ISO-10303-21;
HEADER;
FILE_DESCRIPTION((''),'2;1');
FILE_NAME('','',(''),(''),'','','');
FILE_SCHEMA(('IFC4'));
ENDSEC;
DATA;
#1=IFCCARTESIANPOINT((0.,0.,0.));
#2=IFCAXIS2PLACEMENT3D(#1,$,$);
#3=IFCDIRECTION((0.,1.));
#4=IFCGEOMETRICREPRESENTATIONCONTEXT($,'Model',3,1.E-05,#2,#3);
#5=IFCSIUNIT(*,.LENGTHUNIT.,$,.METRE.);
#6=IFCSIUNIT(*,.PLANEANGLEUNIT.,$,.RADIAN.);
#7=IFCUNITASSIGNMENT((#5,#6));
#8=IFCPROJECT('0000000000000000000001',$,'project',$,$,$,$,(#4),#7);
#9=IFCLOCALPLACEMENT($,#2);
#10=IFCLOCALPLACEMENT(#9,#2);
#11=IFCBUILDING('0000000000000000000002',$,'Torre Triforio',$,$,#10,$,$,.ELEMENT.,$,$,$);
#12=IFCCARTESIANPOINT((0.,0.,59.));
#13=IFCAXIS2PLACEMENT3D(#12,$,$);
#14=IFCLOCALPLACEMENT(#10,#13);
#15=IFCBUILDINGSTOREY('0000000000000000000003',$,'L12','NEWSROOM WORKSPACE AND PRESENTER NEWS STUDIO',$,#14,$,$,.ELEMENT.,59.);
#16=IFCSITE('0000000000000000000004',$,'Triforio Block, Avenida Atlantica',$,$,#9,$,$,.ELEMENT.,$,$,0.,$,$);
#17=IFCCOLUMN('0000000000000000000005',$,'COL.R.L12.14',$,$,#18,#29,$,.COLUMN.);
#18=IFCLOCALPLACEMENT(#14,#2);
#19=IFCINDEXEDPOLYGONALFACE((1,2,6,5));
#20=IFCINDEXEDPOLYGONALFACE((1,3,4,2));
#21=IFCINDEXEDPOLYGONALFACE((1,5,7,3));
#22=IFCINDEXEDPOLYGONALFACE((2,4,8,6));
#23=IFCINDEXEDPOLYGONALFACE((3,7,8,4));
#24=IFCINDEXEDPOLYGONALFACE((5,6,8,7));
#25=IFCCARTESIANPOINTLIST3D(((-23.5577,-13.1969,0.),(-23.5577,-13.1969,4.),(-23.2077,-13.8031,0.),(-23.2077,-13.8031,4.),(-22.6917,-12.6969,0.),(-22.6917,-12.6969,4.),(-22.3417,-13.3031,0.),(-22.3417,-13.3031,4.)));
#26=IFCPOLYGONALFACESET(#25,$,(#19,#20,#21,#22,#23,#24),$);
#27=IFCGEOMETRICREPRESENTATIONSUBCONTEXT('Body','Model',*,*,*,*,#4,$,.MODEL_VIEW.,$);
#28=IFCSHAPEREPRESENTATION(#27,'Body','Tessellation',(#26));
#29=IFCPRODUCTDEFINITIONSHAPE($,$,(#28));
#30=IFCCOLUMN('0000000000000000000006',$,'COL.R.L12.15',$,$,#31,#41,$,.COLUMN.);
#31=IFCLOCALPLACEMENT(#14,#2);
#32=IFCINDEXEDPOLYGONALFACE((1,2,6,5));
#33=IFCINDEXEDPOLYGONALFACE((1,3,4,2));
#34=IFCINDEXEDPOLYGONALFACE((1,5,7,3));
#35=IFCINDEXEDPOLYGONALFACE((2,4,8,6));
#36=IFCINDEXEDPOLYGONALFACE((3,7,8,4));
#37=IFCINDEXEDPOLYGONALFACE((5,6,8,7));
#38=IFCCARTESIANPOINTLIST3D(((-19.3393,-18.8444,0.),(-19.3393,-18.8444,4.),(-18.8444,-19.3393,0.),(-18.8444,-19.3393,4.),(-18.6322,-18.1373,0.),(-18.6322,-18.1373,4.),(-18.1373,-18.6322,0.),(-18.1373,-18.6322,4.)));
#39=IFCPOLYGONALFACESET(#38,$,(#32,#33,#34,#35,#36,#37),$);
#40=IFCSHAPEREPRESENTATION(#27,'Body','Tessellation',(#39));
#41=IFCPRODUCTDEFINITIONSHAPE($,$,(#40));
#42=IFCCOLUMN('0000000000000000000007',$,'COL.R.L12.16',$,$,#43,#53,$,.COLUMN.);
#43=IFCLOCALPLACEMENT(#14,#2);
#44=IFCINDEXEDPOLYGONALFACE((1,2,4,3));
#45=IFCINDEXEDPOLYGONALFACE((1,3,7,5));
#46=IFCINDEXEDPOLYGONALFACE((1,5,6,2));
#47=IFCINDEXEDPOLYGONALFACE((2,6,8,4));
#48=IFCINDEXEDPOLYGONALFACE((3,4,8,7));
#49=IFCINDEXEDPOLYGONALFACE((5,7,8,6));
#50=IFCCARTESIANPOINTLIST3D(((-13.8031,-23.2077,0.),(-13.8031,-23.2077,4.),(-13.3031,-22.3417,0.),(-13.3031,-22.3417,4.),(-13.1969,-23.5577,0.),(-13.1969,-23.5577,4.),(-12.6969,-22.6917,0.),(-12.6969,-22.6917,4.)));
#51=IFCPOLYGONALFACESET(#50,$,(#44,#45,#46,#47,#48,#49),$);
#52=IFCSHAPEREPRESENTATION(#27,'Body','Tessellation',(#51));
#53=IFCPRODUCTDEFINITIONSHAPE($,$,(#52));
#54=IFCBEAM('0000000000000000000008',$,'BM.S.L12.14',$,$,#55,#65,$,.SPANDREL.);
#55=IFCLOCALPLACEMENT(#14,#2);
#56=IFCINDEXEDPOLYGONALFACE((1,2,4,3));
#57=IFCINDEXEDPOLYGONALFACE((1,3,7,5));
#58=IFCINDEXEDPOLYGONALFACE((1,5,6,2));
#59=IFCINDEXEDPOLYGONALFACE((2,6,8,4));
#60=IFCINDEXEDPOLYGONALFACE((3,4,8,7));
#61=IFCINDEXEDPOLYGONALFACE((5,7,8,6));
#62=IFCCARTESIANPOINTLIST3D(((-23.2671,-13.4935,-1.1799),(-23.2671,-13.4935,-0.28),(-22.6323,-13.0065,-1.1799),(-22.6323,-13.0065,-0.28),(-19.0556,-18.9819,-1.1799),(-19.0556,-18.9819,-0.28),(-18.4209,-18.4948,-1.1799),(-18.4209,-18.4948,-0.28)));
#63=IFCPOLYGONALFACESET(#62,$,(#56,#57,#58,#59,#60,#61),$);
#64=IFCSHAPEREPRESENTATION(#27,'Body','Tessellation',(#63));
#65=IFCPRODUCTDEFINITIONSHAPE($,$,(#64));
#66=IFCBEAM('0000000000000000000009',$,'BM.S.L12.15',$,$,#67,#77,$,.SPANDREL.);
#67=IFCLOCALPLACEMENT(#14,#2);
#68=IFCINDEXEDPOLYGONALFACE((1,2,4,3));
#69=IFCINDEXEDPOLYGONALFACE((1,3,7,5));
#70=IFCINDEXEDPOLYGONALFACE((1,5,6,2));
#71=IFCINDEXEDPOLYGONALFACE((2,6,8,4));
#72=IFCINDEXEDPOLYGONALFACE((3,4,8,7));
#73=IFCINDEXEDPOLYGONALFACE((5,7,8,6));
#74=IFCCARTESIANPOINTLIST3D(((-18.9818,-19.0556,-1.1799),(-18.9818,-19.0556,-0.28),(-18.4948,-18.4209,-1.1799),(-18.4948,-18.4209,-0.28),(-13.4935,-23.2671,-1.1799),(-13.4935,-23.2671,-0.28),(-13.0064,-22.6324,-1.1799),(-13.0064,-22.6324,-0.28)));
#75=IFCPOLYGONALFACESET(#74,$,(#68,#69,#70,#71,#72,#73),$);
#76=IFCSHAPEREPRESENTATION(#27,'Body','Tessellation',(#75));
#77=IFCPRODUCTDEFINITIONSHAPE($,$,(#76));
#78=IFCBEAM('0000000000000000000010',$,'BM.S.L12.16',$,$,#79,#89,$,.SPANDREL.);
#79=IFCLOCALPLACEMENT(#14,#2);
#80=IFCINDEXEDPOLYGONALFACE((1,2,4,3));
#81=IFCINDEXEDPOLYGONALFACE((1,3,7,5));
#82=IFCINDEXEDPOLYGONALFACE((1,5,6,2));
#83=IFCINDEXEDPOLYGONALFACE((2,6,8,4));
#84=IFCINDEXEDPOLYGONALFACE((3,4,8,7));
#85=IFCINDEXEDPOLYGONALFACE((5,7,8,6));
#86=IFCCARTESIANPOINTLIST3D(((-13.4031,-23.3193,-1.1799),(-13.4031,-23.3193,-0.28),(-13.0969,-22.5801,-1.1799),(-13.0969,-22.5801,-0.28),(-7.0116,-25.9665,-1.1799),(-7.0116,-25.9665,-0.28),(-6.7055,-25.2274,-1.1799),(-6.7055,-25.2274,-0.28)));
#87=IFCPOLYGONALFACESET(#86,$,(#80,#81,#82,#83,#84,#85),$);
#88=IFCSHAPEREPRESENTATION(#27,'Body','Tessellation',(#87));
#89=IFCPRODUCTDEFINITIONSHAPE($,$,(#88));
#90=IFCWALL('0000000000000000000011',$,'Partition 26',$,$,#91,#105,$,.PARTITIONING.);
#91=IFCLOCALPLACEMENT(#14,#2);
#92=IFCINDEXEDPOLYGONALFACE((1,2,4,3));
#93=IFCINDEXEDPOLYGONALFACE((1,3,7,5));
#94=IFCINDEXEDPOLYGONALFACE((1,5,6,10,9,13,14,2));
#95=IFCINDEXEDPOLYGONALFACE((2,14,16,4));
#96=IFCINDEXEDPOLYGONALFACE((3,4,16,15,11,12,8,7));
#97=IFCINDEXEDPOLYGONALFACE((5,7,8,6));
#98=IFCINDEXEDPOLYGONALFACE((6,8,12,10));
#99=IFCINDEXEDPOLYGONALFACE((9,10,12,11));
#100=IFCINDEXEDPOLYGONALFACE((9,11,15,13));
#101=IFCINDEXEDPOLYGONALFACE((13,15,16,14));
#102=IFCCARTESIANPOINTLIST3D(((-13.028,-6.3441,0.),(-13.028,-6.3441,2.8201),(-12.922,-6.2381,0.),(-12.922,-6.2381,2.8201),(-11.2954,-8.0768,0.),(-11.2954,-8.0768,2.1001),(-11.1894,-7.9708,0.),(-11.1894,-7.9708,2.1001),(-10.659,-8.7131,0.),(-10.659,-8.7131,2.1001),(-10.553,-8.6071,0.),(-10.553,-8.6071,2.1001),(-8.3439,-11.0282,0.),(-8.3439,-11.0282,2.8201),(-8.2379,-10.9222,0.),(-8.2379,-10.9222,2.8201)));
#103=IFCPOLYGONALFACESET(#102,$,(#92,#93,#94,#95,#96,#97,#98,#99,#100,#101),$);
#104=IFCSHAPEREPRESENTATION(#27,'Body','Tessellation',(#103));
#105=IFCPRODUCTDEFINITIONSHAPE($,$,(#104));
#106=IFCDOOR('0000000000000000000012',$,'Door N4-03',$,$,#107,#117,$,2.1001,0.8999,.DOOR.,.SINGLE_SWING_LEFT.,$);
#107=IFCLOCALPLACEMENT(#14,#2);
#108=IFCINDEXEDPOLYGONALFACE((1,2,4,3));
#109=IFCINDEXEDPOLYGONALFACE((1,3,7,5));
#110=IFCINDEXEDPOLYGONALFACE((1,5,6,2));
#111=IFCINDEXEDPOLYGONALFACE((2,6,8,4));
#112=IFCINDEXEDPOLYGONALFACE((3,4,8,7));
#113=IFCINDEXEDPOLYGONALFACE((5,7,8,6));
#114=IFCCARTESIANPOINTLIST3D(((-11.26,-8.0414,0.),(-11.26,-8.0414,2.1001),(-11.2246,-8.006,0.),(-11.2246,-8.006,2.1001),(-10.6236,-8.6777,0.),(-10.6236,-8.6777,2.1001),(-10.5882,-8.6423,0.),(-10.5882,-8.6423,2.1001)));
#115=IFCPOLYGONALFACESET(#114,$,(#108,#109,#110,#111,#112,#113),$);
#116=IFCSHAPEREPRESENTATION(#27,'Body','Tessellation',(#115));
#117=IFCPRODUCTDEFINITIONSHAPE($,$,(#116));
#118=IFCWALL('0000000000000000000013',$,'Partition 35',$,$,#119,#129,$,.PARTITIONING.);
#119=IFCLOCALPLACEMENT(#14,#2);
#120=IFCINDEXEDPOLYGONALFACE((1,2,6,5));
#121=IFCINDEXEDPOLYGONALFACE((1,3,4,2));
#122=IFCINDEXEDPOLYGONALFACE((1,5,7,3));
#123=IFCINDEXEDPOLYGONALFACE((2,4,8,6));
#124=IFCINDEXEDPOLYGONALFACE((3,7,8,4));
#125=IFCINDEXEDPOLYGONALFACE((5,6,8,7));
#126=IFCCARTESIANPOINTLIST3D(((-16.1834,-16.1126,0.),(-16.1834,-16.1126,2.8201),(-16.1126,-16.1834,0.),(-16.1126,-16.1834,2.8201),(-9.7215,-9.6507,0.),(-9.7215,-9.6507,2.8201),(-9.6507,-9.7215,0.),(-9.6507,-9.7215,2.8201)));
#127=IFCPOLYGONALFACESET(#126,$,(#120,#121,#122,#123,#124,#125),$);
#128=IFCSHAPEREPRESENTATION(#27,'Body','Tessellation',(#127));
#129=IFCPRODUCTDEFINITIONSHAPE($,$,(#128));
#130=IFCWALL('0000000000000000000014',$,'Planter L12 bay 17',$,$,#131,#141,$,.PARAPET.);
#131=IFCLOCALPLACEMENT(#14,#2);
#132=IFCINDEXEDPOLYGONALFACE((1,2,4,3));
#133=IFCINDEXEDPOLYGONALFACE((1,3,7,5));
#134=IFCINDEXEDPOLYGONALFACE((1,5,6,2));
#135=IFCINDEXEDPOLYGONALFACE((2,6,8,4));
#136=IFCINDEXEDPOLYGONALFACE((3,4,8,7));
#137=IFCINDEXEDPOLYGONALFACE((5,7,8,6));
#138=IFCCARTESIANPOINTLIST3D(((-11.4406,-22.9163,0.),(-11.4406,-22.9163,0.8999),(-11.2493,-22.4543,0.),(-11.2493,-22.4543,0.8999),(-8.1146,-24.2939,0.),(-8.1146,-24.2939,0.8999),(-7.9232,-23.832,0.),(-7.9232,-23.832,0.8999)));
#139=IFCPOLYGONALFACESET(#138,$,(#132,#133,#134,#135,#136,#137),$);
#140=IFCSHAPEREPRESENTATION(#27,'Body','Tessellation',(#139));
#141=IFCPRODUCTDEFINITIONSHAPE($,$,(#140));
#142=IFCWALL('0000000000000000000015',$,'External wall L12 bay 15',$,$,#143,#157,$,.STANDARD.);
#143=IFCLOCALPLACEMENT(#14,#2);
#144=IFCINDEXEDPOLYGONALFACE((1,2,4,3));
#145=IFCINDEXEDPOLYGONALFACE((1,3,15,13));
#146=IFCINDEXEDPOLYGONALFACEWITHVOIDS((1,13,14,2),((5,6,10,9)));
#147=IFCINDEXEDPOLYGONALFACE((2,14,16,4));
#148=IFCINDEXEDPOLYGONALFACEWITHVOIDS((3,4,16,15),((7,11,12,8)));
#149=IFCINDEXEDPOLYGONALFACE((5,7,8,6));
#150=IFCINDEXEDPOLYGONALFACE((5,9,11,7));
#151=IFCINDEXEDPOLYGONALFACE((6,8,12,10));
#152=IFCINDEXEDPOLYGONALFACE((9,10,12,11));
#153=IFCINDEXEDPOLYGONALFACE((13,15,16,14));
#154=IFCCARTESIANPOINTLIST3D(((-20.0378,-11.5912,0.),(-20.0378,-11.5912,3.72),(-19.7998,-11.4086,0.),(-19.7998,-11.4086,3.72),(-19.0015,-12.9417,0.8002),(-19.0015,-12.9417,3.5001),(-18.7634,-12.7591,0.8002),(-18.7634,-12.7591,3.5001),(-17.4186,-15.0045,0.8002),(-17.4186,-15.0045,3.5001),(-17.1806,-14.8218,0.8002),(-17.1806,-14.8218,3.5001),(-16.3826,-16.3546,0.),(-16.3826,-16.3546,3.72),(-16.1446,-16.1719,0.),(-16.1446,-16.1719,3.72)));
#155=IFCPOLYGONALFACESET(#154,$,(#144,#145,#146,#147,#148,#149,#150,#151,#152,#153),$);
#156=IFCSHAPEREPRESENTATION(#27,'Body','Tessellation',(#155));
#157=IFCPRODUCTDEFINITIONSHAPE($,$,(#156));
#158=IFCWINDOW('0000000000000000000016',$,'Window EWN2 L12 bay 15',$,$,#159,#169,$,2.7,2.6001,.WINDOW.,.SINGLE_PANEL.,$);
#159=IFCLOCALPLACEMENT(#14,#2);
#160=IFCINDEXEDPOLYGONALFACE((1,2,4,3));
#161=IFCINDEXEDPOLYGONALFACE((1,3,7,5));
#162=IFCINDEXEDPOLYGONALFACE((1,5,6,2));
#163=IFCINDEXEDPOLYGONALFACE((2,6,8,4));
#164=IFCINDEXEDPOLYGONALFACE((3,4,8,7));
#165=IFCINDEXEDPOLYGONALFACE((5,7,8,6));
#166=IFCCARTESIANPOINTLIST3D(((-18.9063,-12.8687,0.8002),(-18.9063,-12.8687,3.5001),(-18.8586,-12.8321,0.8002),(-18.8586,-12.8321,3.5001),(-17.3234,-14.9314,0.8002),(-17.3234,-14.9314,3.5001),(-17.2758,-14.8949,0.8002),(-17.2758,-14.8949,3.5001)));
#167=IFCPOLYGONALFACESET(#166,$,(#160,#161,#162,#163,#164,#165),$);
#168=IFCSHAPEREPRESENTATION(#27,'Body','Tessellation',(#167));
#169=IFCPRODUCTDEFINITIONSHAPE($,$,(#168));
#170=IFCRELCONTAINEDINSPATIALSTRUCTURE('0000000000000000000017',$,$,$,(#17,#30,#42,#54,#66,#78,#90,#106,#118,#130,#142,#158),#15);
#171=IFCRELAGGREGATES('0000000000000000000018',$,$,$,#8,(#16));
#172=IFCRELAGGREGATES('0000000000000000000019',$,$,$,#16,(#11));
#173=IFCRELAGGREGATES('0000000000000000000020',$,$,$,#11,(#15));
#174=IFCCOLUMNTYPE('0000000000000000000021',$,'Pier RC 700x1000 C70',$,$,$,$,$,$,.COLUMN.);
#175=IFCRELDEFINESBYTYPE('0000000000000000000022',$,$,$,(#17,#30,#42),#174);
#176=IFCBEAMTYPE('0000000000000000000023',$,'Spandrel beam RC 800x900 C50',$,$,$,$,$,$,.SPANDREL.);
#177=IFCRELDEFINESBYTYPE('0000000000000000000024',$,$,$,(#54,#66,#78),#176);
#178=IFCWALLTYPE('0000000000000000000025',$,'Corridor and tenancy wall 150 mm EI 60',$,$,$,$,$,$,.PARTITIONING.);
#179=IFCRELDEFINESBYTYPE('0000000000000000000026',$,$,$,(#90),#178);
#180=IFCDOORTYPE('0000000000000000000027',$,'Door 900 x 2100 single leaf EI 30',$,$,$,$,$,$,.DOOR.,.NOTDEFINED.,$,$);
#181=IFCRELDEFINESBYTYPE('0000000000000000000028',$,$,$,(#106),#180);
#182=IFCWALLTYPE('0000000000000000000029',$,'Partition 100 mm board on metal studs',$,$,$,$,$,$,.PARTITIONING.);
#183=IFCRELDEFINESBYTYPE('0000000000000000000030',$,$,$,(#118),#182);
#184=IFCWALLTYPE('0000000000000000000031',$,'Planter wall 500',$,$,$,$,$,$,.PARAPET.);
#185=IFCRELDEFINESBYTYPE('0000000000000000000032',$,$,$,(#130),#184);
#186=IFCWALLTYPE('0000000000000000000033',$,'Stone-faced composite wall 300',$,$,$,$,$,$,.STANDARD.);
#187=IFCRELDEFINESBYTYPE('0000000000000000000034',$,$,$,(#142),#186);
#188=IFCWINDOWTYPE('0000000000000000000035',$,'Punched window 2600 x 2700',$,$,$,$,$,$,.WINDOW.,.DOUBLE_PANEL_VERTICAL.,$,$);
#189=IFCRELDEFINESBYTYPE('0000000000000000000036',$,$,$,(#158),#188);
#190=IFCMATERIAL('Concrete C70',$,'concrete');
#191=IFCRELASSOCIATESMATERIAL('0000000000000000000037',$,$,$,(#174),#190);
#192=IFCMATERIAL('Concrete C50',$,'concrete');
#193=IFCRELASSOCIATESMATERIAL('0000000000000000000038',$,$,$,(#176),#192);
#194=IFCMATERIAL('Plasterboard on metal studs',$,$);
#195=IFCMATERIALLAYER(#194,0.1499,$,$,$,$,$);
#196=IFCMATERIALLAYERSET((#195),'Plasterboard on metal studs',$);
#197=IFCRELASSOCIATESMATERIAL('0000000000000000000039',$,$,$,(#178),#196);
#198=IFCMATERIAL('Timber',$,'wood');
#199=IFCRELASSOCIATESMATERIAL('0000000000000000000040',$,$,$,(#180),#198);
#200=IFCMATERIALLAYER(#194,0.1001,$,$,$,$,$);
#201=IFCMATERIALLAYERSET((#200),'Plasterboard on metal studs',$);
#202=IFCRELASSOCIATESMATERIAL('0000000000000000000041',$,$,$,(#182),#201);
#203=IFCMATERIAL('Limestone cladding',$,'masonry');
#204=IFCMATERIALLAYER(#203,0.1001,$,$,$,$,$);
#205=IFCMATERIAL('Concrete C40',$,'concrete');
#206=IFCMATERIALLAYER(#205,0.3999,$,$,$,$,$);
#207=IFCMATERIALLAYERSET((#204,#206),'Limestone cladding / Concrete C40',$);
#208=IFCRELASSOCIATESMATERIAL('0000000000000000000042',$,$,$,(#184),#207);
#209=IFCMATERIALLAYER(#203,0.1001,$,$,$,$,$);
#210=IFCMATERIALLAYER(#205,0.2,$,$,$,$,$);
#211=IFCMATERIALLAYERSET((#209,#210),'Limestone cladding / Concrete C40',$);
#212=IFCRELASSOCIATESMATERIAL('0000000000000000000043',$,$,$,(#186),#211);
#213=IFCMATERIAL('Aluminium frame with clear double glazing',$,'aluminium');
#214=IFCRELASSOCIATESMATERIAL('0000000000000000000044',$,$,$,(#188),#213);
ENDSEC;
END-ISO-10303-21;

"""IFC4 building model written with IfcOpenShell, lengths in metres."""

from ifc_helpers import new_model, si_unit, direction, frame, frame_2d, origin, origin_2d, place, context, subcontext, project, spatial, rectangle, extrude, material, layer, layer_set, material_profile, profile_set, type_object, element, fill, save


model = new_model("IFC4")

# Units and contexts
model_context = context("Model", 3, precision=1e-05, world=origin(), true_north=direction((0.0, 1.0)))
body_context = subcontext(model_context, "Body", "Model", "MODEL_VIEW")
ifc_project = project(units=[si_unit("LENGTHUNIT", "METRE"), si_unit("PLANEANGLEUNIT", "RADIAN")], contexts=[model_context])

# Site, building, storey
site_placement = place(None, origin())
site = spatial("IfcSite", under=ifc_project, at=site_placement, Name="Triforio Block, Avenida Atlantica", CompositionType="ELEMENT", RefElevation=0.0)
building_placement = place(site_placement, origin())
building = spatial("IfcBuilding", under=site, at=building_placement, Name="Torre Triforio", CompositionType="ELEMENT")
storey_placement = place(building_placement, frame((0.0, 0.0, 59.0)))
storey = spatial("IfcBuildingStorey", under=building, at=storey_placement, Name="L12", Description="NEWSROOM WORKSPACE AND PRESENTER NEWS STUDIO", CompositionType="ELEMENT", Elevation=59.0)

# Columns
ifc_material_1 = material(Name="Concrete C70", Category="concrete")
ifc_material_profile_1 = material_profile(ifc_material_1, rectangle(XDim=0.7, YDim=1.0, at=origin_2d()), Name="RC 700x1000")
ifc_profile_set_1 = profile_set([ifc_material_profile_1], Name="Concrete C70")
column_type = type_object("IfcColumnType", Name="Pier RC 700x1000 C70", PredefinedType="COLUMN", material=ifc_profile_set_1)
for number, where, z_axis, x_axis, name in (
    (1, (-22.9497, -13.25, 0.0), (0.0, 0.0, 1.0), (0.5, -0.866025, 0.0), "COL.R.L12.14"),
    (2, (-18.7383, -18.7383, 0.0), (0.0, 0.0, 1.0), (0.707107, -0.707107, 0.0), "COL.R.L12.15"),
    (3, (-13.25, -22.9497, 0.0), (0.0, 0.0, 1.0), (0.866025, -0.5, 0.0), "COL.R.L12.16"),
):
    element("IfcColumn", number, at=place(storey_placement, frame(where, z_axis=z_axis, x_axis=x_axis)), inside=storey, type_object=column_type, Name=name, PredefinedType="COLUMN", context=body_context, shape_type="SweptSolid", body=[
        extrude(rectangle(XDim=0.7, YDim=1.0, at=origin_2d()), origin(), (0.0, 0.0, 1.0), 4.0),
    ])

# Beams
ifc_material_2 = material(Name="Concrete C50", Category="concrete")
ifc_material_profile_2 = material_profile(ifc_material_2, rectangle(XDim=0.8, YDim=0.8999, at=origin_2d()), Name="RC 800x900")
ifc_profile_set_2 = profile_set([ifc_material_profile_2], Name="Concrete C50")
beam_type = type_object("IfcBeamType", Name="Spandrel beam RC 800x900 C50", PredefinedType="SPANDREL", material=ifc_profile_set_2)
for number, where, z_axis, x_axis, name in (
    (4, (-22.9497, -13.25, -0.73), (0.608772, -0.793345, 0.0), (0.793345, 0.608772, 0.0), "BM.S.L12.14"),
    (5, (-18.7383, -18.7383, -0.73), (0.793345, -0.608772, 0.0), (0.608772, 0.793345, 0.0), "BM.S.L12.15"),
    (6, (-13.25, -22.9497, -0.73), (0.923888, -0.382662, 0.0), (0.382662, 0.923888, 0.0), "BM.S.L12.16"),
):
    element("IfcBeam", number, at=place(storey_placement, frame(where, z_axis=z_axis, x_axis=x_axis)), inside=storey, type_object=beam_type, Name=name, PredefinedType="SPANDREL", context=body_context, shape_type="SweptSolid", body=[
        extrude(rectangle(XDim=0.8, YDim=0.8999, at=origin_2d()), origin(), (0.0, 0.0, 1.0), 6.918),
    ])

# Wall, opening, door
ifc_material_3 = material(Name="Plasterboard on metal studs")
ifc_layer_1 = layer(ifc_material_3, 0.1499)
ifc_layer_set_1 = layer_set([ifc_layer_1], Name="Plasterboard on metal studs")
wall_type_1 = type_object("IfcWallType", Name="Corridor and tenancy wall 150 mm EI 60", PredefinedType="PARTITIONING", material=ifc_layer_set_1)
wall_1_placement = place(storey_placement, frame((-8.291, -10.9751, 0.0), z_axis=(0.0, 0.0, 1.0), x_axis=(-0.707107, 0.707107, 0.0)))
wall_1 = element("IfcWall", 7, at=wall_1_placement, inside=storey, type_object=wall_type_1, Name="Partition 26", PredefinedType="PARTITIONING", context=body_context, shape_type="SweptSolid", body=[
    extrude(rectangle(XDim=6.6243, YDim=0.1499, at=frame_2d((3.312, 0.0))), origin(), (0.0, 0.0, 1.0), 2.8201),
])
opening_1_placement = place(wall_1_placement, frame((3.2739, 0.0, 0.0)))
opening_1 = element("IfcOpeningElement", 8, at=opening_1_placement, cuts=wall_1, PredefinedType="OPENING", context=body_context, shape_type="SweptSolid", body=[
    extrude(rectangle(XDim=0.8999, YDim=2.1001, at=frame_2d((0.45, 1.05))), frame((0.0, 0.085, 0.0), z_axis=(0.0, -1.0, 0.0), x_axis=(1.0, 0.0, 0.0)), (0.0, 0.0, 1.0), 0.1699),
])
ifc_material_4 = material(Name="Timber", Category="wood")
door_type_1 = type_object("IfcDoorType", Name="Door 900 x 2100 single leaf EI 30", OperationType="NOTDEFINED", PredefinedType="DOOR", material=ifc_material_4)
door_1_placement = place(opening_1_placement, origin())
door_1 = element("IfcDoor", 9, at=door_1_placement, inside=storey, type_object=door_type_1, Name="Door N4-03", OperationType="SINGLE_SWING_LEFT", OverallHeight=2.1001, OverallWidth=0.8999, PredefinedType="DOOR", context=body_context, shape_type="SweptSolid", body=[
    extrude(rectangle(XDim=0.8999, YDim=2.1001, at=frame_2d((0.45, 1.05))), frame((0.0, 0.0249, 0.0), z_axis=(0.0, -1.0, 0.0), x_axis=(1.0, 0.0, 0.0)), (0.0, 0.0, 1.0), 0.05),
])
fill(opening_1, door_1)

# Walls
ifc_layer_2 = layer(ifc_material_3, 0.1001)
ifc_layer_set_2 = layer_set([ifc_layer_2], Name="Plasterboard on metal studs")
wall_type_2 = type_object("IfcWallType", Name="Partition 100 mm board on metal studs", PredefinedType="PARTITIONING", material=ifc_layer_set_2)
wall_2_placement = place(storey_placement, frame((-9.686, -9.686, 0.0), z_axis=(0.0, 0.0, 1.0), x_axis=(-0.707107, -0.707107, 0.0)))
element("IfcWall", 10, at=wall_2_placement, inside=storey, type_object=wall_type_2, Name="Partition 35", PredefinedType="PARTITIONING", context=body_context, shape_type="SweptSolid", body=[
    extrude(rectangle(XDim=9.1384, YDim=0.1001, at=frame_2d((4.5693, 0.0))), origin(), (0.0, 0.0, 1.0), 2.8201),
])
ifc_material_5 = material(Name="Limestone cladding", Category="masonry")
ifc_layer_3 = layer(ifc_material_5, 0.1001)
ifc_material_6 = material(Name="Concrete C40", Category="concrete")
ifc_layer_4 = layer(ifc_material_6, 0.3999)
ifc_layer_set_3 = layer_set([ifc_layer_3, ifc_layer_4], Name="Limestone cladding / Concrete C40")
wall_type_3 = type_object("IfcWallType", Name="Planter wall 500", PredefinedType="PARAPET", material=ifc_layer_set_3)
wall_3_placement = place(storey_placement, frame((-11.345, -22.6853, 0.0), z_axis=(0.0, 0.0, 1.0), x_axis=(0.923885, -0.382669, 0.0)))
element("IfcWall", 11, at=wall_3_placement, inside=storey, type_object=wall_type_3, Name="Planter L12 bay 17", PredefinedType="PARAPET", context=body_context, shape_type="SweptSolid", body=[
    extrude(rectangle(XDim=3.6001, YDim=0.5, at=frame_2d((1.8, 0.0))), origin(), (0.0, 0.0, 1.0), 0.8999),
])

# Wall, opening, window
ifc_layer_5 = layer(ifc_material_5, 0.1001)
ifc_layer_6 = layer(ifc_material_6, 0.2)
ifc_layer_set_4 = layer_set([ifc_layer_5, ifc_layer_6], Name="Limestone cladding / Concrete C40")
wall_type_4 = type_object("IfcWallType", Name="Stone-faced composite wall 300", PredefinedType="STANDARD", material=ifc_layer_set_4)
wall_4_placement = place(storey_placement, frame((-19.9187, -11.5, 0.0), z_axis=(0.0, 0.0, 1.0), x_axis=(0.608779, -0.79334, 0.0)))
wall_4 = element("IfcWall", 12, at=wall_4_placement, inside=storey, type_object=wall_type_4, Name="External wall L12 bay 15", PredefinedType="STANDARD", context=body_context, shape_type="SweptSolid", body=[
    extrude(rectangle(XDim=6.0042, YDim=0.3, at=frame_2d((3.002, 0.0))), origin(), (0.0, 0.0, 1.0), 3.72),
])
opening_2_placement = place(wall_4_placement, frame((1.7021, 0.0, 0.8)))
opening_2 = element("IfcOpeningElement", 13, at=opening_2_placement, cuts=wall_4, PredefinedType="OPENING", context=body_context, shape_type="SweptSolid", body=[
    extrude(rectangle(XDim=2.6001, YDim=2.7, at=frame_2d((1.3, 1.3501))), frame((0.0, 0.1599, 0.0), z_axis=(0.0, -1.0, 0.0), x_axis=(1.0, 0.0, 0.0)), (0.0, 0.0, 1.0), 0.3201),
])
ifc_material_7 = material(Name="Aluminium frame with clear double glazing", Category="aluminium")
window_type_1 = type_object("IfcWindowType", Name="Punched window 2600 x 2700", PartitioningType="DOUBLE_PANEL_VERTICAL", PredefinedType="WINDOW", material=ifc_material_7)
window_1_placement = place(opening_2_placement, origin())
window_1 = element("IfcWindow", 14, at=window_1_placement, inside=storey, type_object=window_type_1, Name="Window EWN2 L12 bay 15", OverallHeight=2.7, OverallWidth=2.6001, PartitioningType="SINGLE_PANEL", PredefinedType="WINDOW", context=body_context, shape_type="SweptSolid", body=[
    extrude(rectangle(XDim=2.6001, YDim=2.7, at=frame_2d((1.3, 1.3501))), frame((0.0, 0.03, 0.0), z_axis=(0.0, -1.0, 0.0), x_axis=(1.0, 0.0, 0.0)), (0.0, 0.0, 1.0), 0.0601),
])
fill(opening_2, window_1)

save(model, "model.ifc")
